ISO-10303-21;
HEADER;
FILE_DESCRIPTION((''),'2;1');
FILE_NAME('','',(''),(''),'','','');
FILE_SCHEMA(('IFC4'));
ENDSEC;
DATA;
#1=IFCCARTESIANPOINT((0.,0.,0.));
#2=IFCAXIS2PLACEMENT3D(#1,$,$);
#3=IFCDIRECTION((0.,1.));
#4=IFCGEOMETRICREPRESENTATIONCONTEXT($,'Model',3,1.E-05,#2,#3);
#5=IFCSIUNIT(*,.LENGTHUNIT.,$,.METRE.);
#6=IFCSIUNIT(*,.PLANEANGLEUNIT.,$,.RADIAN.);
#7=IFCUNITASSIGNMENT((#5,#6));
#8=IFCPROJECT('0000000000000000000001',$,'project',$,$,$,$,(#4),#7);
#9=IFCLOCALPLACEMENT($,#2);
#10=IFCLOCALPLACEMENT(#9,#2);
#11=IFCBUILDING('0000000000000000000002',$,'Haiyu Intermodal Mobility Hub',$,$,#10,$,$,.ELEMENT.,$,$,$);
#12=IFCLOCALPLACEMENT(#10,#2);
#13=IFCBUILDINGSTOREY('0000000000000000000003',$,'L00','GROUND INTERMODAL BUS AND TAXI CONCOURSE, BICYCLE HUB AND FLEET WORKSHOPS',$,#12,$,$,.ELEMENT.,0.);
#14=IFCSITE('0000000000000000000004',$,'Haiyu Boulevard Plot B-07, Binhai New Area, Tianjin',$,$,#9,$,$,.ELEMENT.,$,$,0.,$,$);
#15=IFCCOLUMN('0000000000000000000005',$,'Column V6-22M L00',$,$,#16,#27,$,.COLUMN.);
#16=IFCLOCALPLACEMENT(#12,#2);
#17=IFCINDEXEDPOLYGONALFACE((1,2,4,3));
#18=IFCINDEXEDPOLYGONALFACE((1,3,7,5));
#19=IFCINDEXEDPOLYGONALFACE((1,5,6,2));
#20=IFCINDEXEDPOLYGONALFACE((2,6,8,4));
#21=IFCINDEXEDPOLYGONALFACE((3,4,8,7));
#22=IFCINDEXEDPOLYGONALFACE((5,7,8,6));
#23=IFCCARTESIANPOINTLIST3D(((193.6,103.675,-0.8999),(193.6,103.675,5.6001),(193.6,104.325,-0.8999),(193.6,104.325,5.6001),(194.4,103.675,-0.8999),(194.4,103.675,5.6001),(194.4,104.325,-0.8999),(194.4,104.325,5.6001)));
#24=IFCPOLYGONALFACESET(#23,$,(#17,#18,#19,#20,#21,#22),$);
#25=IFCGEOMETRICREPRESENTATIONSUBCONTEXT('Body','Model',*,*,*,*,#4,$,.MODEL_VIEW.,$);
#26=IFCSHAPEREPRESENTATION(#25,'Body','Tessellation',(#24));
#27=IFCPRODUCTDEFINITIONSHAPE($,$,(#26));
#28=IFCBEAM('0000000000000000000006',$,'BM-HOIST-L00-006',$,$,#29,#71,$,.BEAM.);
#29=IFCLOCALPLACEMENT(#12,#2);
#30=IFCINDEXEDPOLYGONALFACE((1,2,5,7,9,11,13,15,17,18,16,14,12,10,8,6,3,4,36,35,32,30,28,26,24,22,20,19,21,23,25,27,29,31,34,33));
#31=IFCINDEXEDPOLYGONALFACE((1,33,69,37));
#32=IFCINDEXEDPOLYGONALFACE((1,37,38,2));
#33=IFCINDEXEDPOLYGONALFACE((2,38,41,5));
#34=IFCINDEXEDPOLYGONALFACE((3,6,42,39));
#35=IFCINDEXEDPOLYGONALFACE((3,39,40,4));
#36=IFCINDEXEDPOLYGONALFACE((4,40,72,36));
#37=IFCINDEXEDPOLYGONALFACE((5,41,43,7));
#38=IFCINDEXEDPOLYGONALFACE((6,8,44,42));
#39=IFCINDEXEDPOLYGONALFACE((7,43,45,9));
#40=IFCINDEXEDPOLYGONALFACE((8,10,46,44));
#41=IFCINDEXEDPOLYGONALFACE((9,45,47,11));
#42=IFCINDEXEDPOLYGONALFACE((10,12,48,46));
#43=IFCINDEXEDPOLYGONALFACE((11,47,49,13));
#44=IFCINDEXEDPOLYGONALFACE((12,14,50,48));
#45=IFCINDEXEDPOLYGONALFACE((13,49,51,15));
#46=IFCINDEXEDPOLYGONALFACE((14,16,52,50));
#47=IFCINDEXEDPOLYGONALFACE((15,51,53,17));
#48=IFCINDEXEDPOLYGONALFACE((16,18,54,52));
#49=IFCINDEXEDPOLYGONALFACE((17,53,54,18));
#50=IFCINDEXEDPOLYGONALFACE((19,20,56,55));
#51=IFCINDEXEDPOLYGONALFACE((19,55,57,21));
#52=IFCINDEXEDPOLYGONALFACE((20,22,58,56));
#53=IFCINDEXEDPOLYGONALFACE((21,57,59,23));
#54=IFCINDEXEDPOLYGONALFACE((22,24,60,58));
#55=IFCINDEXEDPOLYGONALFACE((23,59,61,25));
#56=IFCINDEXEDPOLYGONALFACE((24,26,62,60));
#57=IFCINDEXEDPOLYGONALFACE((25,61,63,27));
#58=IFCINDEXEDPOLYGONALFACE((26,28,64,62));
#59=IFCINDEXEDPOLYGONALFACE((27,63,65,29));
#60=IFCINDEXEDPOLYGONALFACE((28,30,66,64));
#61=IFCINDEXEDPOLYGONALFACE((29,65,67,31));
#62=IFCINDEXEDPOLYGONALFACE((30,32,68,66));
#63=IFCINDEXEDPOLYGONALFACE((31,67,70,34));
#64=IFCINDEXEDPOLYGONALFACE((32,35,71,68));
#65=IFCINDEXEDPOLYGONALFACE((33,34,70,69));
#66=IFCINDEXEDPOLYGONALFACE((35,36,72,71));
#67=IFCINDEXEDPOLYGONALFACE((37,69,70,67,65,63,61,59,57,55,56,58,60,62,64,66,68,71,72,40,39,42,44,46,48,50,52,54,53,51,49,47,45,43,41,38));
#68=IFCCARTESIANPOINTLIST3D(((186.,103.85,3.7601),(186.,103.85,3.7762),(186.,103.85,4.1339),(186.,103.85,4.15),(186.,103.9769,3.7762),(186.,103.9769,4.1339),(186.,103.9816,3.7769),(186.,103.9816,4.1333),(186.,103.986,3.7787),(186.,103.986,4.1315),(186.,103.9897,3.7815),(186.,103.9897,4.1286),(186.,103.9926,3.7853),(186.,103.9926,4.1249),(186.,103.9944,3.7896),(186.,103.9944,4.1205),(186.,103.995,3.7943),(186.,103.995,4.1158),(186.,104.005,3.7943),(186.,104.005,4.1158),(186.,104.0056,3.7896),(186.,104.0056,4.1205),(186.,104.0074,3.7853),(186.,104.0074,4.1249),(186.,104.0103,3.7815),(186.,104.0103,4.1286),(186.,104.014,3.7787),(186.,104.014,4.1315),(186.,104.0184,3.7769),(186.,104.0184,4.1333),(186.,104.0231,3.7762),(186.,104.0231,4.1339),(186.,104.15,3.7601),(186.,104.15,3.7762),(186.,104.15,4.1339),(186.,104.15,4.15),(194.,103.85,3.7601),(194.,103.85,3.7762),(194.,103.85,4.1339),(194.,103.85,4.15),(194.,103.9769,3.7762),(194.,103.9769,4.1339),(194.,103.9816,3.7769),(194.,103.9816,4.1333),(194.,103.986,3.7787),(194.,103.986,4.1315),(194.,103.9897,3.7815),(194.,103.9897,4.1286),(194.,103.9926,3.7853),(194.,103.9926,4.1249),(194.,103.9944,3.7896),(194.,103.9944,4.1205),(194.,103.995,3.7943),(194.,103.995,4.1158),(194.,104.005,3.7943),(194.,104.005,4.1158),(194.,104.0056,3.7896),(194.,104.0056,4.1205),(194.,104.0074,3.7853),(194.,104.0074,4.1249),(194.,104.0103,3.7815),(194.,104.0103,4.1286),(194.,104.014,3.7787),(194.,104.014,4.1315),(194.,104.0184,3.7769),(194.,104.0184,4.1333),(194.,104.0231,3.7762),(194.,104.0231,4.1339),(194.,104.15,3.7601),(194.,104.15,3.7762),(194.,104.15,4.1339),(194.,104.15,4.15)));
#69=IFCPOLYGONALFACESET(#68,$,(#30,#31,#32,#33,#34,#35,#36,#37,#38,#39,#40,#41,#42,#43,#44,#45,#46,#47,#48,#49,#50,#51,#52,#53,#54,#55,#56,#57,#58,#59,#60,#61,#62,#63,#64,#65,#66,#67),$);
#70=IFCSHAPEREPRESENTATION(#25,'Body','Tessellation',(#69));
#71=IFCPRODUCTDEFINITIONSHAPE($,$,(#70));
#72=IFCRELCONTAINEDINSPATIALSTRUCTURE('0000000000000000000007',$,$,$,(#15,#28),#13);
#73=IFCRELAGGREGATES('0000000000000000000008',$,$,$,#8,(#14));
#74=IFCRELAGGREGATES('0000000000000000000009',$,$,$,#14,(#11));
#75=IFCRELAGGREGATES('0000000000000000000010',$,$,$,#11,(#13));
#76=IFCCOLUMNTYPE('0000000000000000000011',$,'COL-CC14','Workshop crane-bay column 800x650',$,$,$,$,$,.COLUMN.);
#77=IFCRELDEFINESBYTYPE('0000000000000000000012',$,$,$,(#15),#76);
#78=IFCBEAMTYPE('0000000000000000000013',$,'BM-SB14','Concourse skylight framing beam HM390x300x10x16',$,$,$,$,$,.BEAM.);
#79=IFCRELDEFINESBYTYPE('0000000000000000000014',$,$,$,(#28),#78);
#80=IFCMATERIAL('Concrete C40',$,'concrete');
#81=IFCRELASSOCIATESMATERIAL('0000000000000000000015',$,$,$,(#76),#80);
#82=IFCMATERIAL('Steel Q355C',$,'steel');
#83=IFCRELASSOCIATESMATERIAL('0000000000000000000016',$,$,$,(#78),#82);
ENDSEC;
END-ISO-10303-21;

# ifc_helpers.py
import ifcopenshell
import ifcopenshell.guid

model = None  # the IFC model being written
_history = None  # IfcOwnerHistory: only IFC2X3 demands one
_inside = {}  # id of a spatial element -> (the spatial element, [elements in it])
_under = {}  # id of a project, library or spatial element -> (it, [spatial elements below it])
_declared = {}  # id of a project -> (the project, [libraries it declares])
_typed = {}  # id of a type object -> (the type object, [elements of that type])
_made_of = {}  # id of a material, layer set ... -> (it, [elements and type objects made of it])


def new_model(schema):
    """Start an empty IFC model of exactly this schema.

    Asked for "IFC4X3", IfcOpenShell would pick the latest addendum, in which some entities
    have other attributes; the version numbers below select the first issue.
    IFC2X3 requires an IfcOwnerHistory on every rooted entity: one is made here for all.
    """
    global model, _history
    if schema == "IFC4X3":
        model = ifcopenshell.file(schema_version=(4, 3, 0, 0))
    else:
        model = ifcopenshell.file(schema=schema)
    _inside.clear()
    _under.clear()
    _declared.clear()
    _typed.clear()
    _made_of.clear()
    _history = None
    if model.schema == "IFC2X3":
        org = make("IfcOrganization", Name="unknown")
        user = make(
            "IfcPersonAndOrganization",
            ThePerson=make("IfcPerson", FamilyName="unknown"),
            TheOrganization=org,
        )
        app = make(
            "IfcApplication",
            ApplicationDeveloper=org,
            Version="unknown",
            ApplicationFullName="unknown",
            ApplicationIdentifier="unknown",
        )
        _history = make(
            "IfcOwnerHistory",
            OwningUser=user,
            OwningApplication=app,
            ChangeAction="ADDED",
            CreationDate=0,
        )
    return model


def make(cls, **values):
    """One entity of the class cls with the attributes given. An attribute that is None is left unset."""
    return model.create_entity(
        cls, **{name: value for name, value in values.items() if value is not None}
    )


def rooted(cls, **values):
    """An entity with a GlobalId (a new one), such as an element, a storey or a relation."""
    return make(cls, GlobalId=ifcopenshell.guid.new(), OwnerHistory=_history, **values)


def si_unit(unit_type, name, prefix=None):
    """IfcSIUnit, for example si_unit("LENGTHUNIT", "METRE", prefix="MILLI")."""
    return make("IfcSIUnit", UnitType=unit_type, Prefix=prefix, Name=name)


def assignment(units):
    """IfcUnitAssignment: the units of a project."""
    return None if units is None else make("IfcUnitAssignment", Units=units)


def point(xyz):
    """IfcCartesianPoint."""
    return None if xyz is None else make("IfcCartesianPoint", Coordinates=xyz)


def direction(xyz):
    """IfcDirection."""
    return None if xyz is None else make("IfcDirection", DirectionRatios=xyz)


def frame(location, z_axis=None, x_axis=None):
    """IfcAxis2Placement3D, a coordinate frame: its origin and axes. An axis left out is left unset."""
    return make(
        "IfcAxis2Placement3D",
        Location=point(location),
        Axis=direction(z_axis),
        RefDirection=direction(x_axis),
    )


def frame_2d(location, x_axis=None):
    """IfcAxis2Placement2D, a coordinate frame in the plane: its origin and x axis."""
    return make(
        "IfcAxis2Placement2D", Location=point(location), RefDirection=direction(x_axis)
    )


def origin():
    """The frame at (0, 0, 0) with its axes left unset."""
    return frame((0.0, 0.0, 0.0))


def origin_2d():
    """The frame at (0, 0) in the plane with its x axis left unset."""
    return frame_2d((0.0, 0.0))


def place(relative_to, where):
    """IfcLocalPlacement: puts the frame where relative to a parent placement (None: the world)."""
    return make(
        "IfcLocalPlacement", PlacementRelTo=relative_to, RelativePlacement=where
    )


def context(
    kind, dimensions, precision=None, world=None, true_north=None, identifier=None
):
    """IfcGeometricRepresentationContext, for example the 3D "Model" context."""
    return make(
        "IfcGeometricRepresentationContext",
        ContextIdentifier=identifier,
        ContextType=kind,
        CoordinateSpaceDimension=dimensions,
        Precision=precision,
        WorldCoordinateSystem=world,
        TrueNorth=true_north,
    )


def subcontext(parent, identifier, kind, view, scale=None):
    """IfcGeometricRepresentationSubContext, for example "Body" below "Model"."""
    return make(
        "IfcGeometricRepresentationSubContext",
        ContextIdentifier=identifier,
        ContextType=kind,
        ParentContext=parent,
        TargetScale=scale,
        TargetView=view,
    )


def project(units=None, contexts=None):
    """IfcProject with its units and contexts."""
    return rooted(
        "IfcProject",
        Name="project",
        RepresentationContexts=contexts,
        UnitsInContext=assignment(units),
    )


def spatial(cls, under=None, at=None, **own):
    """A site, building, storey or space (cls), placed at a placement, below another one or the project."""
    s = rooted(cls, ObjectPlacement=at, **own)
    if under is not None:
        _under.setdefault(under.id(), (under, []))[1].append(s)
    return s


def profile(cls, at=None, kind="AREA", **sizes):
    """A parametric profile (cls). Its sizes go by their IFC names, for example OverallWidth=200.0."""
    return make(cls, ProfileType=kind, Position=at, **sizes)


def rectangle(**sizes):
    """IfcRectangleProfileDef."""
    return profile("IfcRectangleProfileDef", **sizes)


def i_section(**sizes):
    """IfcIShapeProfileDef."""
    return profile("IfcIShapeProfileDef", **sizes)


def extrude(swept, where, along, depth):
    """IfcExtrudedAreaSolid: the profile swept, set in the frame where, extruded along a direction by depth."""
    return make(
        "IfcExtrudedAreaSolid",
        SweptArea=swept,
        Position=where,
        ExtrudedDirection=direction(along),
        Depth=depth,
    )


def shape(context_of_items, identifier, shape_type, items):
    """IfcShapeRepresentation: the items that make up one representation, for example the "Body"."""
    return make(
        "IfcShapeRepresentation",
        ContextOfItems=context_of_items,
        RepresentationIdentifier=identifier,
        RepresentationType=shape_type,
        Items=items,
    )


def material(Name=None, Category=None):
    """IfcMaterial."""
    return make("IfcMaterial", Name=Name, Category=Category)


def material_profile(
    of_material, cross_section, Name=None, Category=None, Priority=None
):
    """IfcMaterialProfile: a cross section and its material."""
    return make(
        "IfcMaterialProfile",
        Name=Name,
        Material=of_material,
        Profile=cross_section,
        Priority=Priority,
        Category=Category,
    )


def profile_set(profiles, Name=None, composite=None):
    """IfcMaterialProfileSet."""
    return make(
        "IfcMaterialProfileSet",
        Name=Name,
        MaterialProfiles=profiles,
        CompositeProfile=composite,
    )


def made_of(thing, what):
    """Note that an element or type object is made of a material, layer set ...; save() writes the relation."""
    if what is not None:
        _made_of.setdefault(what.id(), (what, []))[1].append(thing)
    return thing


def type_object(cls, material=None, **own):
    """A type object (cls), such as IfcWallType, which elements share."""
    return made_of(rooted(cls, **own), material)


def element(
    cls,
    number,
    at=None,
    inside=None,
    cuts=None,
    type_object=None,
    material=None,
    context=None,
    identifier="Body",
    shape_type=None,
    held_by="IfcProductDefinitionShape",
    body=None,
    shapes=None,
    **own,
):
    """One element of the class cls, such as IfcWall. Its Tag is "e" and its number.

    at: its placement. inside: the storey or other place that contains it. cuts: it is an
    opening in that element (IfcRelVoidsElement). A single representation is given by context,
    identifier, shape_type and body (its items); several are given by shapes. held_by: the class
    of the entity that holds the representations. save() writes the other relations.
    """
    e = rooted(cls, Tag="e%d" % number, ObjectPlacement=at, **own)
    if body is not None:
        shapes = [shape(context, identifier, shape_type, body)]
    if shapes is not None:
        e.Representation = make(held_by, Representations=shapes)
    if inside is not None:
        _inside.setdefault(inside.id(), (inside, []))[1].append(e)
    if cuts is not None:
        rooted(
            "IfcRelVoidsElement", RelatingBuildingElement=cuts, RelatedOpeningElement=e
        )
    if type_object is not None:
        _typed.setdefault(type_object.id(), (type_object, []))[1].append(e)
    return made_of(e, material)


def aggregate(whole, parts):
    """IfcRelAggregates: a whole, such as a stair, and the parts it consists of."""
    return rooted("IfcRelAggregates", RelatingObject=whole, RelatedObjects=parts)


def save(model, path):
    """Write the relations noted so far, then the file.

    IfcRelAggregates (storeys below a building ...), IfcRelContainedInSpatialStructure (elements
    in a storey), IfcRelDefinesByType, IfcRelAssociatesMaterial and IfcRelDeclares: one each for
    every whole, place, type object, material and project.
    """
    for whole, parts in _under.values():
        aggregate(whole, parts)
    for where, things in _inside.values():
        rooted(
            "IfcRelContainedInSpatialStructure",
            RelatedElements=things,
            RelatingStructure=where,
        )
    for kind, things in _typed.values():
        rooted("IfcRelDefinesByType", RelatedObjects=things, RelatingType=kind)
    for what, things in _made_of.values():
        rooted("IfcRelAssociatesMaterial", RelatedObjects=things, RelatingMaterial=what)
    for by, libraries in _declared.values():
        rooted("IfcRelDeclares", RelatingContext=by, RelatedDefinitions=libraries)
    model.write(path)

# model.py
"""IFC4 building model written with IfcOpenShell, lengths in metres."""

from ifc_helpers import new_model, si_unit, direction, frame, origin, origin_2d, place, context, subcontext, project, spatial, rectangle, i_section, extrude, material, material_profile, profile_set, type_object, element, save


model = new_model("IFC4")

# Units and contexts
model_context = context("Model", 3, precision=1e-05, world=origin(), true_north=direction((0.0, 1.0)))
body_context = subcontext(model_context, "Body", "Model", "MODEL_VIEW")
ifc_project = project(units=[si_unit("LENGTHUNIT", "METRE"), si_unit("PLANEANGLEUNIT", "RADIAN")], contexts=[model_context])

# Site, building, storey
site_placement = place(None, origin())
site = spatial("IfcSite", under=ifc_project, at=site_placement, Name="Haiyu Boulevard Plot B-07, Binhai New Area, Tianjin", CompositionType="ELEMENT", RefElevation=0.0)
building_placement = place(site_placement, origin())
building = spatial("IfcBuilding", under=site, at=building_placement, Name="Haiyu Intermodal Mobility Hub", CompositionType="ELEMENT")
storey_placement = place(building_placement, origin())
storey = spatial("IfcBuildingStorey", under=building, at=storey_placement, Name="L00", Description="GROUND INTERMODAL BUS AND TAXI CONCOURSE, BICYCLE HUB AND FLEET WORKSHOPS", CompositionType="ELEMENT", Elevation=0.0)

# Shared definitions
ifc_material_1 = material(Name="Concrete C40", Category="concrete")

# Column
ifc_material_profile_1 = material_profile(ifc_material_1, rectangle(XDim=0.8, YDim=0.6499, at=origin_2d()), Name="C800x650")
ifc_profile_set_1 = profile_set([ifc_material_profile_1], Name="Concrete C40")
column_type_1 = type_object("IfcColumnType", Name="COL-CC14", Description="Workshop crane-bay column 800x650", PredefinedType="COLUMN", material=ifc_profile_set_1)
column_placement = place(storey_placement, frame((194.0, 104.0, -0.8999), z_axis=(0.0, 0.0, 1.0), x_axis=(1.0, 0.0, 0.0)))
element("IfcColumn", 1, at=column_placement, inside=storey, type_object=column_type_1, Name="Column V6-22M L00", PredefinedType="COLUMN", context=body_context, shape_type="SweptSolid", body=[
    extrude(rectangle(XDim=0.8, YDim=0.6499, at=origin_2d()), origin(), (0.0, 0.0, 1.0), 6.5),
])

# Beam
ifc_material_2 = material(Name="Steel Q355C", Category="steel")
ifc_material_profile_2 = material_profile(ifc_material_2, i_section(OverallWidth=0.3, OverallDepth=0.3899, WebThickness=0.01, FlangeThickness=0.0161, FilletRadius=0.0181, at=origin_2d()), Name="HM390x300x10x16")
ifc_profile_set_2 = profile_set([ifc_material_profile_2], Name="Steel Q355C")
beam_type = type_object("IfcBeamType", Name="BM-SB14", Description="Concourse skylight framing beam HM390x300x10x16", PredefinedType="BEAM", material=ifc_profile_set_2)
beam_placement = place(storey_placement, frame((186.0, 104.0, 3.9551), z_axis=(1.0, 0.0, 0.0), x_axis=(0.0, 1.0, 0.0)))
element("IfcBeam", 2, at=beam_placement, inside=storey, type_object=beam_type, Name="BM-HOIST-L00-006", PredefinedType="BEAM", context=body_context, shape_type="SweptSolid", body=[
    extrude(i_section(OverallWidth=0.3, OverallDepth=0.3899, WebThickness=0.01, FlangeThickness=0.0161, FilletRadius=0.0181, at=origin_2d()), origin(), (0.0, 0.0, 1.0), 8.0),
])

save(model, "model.ifc")
